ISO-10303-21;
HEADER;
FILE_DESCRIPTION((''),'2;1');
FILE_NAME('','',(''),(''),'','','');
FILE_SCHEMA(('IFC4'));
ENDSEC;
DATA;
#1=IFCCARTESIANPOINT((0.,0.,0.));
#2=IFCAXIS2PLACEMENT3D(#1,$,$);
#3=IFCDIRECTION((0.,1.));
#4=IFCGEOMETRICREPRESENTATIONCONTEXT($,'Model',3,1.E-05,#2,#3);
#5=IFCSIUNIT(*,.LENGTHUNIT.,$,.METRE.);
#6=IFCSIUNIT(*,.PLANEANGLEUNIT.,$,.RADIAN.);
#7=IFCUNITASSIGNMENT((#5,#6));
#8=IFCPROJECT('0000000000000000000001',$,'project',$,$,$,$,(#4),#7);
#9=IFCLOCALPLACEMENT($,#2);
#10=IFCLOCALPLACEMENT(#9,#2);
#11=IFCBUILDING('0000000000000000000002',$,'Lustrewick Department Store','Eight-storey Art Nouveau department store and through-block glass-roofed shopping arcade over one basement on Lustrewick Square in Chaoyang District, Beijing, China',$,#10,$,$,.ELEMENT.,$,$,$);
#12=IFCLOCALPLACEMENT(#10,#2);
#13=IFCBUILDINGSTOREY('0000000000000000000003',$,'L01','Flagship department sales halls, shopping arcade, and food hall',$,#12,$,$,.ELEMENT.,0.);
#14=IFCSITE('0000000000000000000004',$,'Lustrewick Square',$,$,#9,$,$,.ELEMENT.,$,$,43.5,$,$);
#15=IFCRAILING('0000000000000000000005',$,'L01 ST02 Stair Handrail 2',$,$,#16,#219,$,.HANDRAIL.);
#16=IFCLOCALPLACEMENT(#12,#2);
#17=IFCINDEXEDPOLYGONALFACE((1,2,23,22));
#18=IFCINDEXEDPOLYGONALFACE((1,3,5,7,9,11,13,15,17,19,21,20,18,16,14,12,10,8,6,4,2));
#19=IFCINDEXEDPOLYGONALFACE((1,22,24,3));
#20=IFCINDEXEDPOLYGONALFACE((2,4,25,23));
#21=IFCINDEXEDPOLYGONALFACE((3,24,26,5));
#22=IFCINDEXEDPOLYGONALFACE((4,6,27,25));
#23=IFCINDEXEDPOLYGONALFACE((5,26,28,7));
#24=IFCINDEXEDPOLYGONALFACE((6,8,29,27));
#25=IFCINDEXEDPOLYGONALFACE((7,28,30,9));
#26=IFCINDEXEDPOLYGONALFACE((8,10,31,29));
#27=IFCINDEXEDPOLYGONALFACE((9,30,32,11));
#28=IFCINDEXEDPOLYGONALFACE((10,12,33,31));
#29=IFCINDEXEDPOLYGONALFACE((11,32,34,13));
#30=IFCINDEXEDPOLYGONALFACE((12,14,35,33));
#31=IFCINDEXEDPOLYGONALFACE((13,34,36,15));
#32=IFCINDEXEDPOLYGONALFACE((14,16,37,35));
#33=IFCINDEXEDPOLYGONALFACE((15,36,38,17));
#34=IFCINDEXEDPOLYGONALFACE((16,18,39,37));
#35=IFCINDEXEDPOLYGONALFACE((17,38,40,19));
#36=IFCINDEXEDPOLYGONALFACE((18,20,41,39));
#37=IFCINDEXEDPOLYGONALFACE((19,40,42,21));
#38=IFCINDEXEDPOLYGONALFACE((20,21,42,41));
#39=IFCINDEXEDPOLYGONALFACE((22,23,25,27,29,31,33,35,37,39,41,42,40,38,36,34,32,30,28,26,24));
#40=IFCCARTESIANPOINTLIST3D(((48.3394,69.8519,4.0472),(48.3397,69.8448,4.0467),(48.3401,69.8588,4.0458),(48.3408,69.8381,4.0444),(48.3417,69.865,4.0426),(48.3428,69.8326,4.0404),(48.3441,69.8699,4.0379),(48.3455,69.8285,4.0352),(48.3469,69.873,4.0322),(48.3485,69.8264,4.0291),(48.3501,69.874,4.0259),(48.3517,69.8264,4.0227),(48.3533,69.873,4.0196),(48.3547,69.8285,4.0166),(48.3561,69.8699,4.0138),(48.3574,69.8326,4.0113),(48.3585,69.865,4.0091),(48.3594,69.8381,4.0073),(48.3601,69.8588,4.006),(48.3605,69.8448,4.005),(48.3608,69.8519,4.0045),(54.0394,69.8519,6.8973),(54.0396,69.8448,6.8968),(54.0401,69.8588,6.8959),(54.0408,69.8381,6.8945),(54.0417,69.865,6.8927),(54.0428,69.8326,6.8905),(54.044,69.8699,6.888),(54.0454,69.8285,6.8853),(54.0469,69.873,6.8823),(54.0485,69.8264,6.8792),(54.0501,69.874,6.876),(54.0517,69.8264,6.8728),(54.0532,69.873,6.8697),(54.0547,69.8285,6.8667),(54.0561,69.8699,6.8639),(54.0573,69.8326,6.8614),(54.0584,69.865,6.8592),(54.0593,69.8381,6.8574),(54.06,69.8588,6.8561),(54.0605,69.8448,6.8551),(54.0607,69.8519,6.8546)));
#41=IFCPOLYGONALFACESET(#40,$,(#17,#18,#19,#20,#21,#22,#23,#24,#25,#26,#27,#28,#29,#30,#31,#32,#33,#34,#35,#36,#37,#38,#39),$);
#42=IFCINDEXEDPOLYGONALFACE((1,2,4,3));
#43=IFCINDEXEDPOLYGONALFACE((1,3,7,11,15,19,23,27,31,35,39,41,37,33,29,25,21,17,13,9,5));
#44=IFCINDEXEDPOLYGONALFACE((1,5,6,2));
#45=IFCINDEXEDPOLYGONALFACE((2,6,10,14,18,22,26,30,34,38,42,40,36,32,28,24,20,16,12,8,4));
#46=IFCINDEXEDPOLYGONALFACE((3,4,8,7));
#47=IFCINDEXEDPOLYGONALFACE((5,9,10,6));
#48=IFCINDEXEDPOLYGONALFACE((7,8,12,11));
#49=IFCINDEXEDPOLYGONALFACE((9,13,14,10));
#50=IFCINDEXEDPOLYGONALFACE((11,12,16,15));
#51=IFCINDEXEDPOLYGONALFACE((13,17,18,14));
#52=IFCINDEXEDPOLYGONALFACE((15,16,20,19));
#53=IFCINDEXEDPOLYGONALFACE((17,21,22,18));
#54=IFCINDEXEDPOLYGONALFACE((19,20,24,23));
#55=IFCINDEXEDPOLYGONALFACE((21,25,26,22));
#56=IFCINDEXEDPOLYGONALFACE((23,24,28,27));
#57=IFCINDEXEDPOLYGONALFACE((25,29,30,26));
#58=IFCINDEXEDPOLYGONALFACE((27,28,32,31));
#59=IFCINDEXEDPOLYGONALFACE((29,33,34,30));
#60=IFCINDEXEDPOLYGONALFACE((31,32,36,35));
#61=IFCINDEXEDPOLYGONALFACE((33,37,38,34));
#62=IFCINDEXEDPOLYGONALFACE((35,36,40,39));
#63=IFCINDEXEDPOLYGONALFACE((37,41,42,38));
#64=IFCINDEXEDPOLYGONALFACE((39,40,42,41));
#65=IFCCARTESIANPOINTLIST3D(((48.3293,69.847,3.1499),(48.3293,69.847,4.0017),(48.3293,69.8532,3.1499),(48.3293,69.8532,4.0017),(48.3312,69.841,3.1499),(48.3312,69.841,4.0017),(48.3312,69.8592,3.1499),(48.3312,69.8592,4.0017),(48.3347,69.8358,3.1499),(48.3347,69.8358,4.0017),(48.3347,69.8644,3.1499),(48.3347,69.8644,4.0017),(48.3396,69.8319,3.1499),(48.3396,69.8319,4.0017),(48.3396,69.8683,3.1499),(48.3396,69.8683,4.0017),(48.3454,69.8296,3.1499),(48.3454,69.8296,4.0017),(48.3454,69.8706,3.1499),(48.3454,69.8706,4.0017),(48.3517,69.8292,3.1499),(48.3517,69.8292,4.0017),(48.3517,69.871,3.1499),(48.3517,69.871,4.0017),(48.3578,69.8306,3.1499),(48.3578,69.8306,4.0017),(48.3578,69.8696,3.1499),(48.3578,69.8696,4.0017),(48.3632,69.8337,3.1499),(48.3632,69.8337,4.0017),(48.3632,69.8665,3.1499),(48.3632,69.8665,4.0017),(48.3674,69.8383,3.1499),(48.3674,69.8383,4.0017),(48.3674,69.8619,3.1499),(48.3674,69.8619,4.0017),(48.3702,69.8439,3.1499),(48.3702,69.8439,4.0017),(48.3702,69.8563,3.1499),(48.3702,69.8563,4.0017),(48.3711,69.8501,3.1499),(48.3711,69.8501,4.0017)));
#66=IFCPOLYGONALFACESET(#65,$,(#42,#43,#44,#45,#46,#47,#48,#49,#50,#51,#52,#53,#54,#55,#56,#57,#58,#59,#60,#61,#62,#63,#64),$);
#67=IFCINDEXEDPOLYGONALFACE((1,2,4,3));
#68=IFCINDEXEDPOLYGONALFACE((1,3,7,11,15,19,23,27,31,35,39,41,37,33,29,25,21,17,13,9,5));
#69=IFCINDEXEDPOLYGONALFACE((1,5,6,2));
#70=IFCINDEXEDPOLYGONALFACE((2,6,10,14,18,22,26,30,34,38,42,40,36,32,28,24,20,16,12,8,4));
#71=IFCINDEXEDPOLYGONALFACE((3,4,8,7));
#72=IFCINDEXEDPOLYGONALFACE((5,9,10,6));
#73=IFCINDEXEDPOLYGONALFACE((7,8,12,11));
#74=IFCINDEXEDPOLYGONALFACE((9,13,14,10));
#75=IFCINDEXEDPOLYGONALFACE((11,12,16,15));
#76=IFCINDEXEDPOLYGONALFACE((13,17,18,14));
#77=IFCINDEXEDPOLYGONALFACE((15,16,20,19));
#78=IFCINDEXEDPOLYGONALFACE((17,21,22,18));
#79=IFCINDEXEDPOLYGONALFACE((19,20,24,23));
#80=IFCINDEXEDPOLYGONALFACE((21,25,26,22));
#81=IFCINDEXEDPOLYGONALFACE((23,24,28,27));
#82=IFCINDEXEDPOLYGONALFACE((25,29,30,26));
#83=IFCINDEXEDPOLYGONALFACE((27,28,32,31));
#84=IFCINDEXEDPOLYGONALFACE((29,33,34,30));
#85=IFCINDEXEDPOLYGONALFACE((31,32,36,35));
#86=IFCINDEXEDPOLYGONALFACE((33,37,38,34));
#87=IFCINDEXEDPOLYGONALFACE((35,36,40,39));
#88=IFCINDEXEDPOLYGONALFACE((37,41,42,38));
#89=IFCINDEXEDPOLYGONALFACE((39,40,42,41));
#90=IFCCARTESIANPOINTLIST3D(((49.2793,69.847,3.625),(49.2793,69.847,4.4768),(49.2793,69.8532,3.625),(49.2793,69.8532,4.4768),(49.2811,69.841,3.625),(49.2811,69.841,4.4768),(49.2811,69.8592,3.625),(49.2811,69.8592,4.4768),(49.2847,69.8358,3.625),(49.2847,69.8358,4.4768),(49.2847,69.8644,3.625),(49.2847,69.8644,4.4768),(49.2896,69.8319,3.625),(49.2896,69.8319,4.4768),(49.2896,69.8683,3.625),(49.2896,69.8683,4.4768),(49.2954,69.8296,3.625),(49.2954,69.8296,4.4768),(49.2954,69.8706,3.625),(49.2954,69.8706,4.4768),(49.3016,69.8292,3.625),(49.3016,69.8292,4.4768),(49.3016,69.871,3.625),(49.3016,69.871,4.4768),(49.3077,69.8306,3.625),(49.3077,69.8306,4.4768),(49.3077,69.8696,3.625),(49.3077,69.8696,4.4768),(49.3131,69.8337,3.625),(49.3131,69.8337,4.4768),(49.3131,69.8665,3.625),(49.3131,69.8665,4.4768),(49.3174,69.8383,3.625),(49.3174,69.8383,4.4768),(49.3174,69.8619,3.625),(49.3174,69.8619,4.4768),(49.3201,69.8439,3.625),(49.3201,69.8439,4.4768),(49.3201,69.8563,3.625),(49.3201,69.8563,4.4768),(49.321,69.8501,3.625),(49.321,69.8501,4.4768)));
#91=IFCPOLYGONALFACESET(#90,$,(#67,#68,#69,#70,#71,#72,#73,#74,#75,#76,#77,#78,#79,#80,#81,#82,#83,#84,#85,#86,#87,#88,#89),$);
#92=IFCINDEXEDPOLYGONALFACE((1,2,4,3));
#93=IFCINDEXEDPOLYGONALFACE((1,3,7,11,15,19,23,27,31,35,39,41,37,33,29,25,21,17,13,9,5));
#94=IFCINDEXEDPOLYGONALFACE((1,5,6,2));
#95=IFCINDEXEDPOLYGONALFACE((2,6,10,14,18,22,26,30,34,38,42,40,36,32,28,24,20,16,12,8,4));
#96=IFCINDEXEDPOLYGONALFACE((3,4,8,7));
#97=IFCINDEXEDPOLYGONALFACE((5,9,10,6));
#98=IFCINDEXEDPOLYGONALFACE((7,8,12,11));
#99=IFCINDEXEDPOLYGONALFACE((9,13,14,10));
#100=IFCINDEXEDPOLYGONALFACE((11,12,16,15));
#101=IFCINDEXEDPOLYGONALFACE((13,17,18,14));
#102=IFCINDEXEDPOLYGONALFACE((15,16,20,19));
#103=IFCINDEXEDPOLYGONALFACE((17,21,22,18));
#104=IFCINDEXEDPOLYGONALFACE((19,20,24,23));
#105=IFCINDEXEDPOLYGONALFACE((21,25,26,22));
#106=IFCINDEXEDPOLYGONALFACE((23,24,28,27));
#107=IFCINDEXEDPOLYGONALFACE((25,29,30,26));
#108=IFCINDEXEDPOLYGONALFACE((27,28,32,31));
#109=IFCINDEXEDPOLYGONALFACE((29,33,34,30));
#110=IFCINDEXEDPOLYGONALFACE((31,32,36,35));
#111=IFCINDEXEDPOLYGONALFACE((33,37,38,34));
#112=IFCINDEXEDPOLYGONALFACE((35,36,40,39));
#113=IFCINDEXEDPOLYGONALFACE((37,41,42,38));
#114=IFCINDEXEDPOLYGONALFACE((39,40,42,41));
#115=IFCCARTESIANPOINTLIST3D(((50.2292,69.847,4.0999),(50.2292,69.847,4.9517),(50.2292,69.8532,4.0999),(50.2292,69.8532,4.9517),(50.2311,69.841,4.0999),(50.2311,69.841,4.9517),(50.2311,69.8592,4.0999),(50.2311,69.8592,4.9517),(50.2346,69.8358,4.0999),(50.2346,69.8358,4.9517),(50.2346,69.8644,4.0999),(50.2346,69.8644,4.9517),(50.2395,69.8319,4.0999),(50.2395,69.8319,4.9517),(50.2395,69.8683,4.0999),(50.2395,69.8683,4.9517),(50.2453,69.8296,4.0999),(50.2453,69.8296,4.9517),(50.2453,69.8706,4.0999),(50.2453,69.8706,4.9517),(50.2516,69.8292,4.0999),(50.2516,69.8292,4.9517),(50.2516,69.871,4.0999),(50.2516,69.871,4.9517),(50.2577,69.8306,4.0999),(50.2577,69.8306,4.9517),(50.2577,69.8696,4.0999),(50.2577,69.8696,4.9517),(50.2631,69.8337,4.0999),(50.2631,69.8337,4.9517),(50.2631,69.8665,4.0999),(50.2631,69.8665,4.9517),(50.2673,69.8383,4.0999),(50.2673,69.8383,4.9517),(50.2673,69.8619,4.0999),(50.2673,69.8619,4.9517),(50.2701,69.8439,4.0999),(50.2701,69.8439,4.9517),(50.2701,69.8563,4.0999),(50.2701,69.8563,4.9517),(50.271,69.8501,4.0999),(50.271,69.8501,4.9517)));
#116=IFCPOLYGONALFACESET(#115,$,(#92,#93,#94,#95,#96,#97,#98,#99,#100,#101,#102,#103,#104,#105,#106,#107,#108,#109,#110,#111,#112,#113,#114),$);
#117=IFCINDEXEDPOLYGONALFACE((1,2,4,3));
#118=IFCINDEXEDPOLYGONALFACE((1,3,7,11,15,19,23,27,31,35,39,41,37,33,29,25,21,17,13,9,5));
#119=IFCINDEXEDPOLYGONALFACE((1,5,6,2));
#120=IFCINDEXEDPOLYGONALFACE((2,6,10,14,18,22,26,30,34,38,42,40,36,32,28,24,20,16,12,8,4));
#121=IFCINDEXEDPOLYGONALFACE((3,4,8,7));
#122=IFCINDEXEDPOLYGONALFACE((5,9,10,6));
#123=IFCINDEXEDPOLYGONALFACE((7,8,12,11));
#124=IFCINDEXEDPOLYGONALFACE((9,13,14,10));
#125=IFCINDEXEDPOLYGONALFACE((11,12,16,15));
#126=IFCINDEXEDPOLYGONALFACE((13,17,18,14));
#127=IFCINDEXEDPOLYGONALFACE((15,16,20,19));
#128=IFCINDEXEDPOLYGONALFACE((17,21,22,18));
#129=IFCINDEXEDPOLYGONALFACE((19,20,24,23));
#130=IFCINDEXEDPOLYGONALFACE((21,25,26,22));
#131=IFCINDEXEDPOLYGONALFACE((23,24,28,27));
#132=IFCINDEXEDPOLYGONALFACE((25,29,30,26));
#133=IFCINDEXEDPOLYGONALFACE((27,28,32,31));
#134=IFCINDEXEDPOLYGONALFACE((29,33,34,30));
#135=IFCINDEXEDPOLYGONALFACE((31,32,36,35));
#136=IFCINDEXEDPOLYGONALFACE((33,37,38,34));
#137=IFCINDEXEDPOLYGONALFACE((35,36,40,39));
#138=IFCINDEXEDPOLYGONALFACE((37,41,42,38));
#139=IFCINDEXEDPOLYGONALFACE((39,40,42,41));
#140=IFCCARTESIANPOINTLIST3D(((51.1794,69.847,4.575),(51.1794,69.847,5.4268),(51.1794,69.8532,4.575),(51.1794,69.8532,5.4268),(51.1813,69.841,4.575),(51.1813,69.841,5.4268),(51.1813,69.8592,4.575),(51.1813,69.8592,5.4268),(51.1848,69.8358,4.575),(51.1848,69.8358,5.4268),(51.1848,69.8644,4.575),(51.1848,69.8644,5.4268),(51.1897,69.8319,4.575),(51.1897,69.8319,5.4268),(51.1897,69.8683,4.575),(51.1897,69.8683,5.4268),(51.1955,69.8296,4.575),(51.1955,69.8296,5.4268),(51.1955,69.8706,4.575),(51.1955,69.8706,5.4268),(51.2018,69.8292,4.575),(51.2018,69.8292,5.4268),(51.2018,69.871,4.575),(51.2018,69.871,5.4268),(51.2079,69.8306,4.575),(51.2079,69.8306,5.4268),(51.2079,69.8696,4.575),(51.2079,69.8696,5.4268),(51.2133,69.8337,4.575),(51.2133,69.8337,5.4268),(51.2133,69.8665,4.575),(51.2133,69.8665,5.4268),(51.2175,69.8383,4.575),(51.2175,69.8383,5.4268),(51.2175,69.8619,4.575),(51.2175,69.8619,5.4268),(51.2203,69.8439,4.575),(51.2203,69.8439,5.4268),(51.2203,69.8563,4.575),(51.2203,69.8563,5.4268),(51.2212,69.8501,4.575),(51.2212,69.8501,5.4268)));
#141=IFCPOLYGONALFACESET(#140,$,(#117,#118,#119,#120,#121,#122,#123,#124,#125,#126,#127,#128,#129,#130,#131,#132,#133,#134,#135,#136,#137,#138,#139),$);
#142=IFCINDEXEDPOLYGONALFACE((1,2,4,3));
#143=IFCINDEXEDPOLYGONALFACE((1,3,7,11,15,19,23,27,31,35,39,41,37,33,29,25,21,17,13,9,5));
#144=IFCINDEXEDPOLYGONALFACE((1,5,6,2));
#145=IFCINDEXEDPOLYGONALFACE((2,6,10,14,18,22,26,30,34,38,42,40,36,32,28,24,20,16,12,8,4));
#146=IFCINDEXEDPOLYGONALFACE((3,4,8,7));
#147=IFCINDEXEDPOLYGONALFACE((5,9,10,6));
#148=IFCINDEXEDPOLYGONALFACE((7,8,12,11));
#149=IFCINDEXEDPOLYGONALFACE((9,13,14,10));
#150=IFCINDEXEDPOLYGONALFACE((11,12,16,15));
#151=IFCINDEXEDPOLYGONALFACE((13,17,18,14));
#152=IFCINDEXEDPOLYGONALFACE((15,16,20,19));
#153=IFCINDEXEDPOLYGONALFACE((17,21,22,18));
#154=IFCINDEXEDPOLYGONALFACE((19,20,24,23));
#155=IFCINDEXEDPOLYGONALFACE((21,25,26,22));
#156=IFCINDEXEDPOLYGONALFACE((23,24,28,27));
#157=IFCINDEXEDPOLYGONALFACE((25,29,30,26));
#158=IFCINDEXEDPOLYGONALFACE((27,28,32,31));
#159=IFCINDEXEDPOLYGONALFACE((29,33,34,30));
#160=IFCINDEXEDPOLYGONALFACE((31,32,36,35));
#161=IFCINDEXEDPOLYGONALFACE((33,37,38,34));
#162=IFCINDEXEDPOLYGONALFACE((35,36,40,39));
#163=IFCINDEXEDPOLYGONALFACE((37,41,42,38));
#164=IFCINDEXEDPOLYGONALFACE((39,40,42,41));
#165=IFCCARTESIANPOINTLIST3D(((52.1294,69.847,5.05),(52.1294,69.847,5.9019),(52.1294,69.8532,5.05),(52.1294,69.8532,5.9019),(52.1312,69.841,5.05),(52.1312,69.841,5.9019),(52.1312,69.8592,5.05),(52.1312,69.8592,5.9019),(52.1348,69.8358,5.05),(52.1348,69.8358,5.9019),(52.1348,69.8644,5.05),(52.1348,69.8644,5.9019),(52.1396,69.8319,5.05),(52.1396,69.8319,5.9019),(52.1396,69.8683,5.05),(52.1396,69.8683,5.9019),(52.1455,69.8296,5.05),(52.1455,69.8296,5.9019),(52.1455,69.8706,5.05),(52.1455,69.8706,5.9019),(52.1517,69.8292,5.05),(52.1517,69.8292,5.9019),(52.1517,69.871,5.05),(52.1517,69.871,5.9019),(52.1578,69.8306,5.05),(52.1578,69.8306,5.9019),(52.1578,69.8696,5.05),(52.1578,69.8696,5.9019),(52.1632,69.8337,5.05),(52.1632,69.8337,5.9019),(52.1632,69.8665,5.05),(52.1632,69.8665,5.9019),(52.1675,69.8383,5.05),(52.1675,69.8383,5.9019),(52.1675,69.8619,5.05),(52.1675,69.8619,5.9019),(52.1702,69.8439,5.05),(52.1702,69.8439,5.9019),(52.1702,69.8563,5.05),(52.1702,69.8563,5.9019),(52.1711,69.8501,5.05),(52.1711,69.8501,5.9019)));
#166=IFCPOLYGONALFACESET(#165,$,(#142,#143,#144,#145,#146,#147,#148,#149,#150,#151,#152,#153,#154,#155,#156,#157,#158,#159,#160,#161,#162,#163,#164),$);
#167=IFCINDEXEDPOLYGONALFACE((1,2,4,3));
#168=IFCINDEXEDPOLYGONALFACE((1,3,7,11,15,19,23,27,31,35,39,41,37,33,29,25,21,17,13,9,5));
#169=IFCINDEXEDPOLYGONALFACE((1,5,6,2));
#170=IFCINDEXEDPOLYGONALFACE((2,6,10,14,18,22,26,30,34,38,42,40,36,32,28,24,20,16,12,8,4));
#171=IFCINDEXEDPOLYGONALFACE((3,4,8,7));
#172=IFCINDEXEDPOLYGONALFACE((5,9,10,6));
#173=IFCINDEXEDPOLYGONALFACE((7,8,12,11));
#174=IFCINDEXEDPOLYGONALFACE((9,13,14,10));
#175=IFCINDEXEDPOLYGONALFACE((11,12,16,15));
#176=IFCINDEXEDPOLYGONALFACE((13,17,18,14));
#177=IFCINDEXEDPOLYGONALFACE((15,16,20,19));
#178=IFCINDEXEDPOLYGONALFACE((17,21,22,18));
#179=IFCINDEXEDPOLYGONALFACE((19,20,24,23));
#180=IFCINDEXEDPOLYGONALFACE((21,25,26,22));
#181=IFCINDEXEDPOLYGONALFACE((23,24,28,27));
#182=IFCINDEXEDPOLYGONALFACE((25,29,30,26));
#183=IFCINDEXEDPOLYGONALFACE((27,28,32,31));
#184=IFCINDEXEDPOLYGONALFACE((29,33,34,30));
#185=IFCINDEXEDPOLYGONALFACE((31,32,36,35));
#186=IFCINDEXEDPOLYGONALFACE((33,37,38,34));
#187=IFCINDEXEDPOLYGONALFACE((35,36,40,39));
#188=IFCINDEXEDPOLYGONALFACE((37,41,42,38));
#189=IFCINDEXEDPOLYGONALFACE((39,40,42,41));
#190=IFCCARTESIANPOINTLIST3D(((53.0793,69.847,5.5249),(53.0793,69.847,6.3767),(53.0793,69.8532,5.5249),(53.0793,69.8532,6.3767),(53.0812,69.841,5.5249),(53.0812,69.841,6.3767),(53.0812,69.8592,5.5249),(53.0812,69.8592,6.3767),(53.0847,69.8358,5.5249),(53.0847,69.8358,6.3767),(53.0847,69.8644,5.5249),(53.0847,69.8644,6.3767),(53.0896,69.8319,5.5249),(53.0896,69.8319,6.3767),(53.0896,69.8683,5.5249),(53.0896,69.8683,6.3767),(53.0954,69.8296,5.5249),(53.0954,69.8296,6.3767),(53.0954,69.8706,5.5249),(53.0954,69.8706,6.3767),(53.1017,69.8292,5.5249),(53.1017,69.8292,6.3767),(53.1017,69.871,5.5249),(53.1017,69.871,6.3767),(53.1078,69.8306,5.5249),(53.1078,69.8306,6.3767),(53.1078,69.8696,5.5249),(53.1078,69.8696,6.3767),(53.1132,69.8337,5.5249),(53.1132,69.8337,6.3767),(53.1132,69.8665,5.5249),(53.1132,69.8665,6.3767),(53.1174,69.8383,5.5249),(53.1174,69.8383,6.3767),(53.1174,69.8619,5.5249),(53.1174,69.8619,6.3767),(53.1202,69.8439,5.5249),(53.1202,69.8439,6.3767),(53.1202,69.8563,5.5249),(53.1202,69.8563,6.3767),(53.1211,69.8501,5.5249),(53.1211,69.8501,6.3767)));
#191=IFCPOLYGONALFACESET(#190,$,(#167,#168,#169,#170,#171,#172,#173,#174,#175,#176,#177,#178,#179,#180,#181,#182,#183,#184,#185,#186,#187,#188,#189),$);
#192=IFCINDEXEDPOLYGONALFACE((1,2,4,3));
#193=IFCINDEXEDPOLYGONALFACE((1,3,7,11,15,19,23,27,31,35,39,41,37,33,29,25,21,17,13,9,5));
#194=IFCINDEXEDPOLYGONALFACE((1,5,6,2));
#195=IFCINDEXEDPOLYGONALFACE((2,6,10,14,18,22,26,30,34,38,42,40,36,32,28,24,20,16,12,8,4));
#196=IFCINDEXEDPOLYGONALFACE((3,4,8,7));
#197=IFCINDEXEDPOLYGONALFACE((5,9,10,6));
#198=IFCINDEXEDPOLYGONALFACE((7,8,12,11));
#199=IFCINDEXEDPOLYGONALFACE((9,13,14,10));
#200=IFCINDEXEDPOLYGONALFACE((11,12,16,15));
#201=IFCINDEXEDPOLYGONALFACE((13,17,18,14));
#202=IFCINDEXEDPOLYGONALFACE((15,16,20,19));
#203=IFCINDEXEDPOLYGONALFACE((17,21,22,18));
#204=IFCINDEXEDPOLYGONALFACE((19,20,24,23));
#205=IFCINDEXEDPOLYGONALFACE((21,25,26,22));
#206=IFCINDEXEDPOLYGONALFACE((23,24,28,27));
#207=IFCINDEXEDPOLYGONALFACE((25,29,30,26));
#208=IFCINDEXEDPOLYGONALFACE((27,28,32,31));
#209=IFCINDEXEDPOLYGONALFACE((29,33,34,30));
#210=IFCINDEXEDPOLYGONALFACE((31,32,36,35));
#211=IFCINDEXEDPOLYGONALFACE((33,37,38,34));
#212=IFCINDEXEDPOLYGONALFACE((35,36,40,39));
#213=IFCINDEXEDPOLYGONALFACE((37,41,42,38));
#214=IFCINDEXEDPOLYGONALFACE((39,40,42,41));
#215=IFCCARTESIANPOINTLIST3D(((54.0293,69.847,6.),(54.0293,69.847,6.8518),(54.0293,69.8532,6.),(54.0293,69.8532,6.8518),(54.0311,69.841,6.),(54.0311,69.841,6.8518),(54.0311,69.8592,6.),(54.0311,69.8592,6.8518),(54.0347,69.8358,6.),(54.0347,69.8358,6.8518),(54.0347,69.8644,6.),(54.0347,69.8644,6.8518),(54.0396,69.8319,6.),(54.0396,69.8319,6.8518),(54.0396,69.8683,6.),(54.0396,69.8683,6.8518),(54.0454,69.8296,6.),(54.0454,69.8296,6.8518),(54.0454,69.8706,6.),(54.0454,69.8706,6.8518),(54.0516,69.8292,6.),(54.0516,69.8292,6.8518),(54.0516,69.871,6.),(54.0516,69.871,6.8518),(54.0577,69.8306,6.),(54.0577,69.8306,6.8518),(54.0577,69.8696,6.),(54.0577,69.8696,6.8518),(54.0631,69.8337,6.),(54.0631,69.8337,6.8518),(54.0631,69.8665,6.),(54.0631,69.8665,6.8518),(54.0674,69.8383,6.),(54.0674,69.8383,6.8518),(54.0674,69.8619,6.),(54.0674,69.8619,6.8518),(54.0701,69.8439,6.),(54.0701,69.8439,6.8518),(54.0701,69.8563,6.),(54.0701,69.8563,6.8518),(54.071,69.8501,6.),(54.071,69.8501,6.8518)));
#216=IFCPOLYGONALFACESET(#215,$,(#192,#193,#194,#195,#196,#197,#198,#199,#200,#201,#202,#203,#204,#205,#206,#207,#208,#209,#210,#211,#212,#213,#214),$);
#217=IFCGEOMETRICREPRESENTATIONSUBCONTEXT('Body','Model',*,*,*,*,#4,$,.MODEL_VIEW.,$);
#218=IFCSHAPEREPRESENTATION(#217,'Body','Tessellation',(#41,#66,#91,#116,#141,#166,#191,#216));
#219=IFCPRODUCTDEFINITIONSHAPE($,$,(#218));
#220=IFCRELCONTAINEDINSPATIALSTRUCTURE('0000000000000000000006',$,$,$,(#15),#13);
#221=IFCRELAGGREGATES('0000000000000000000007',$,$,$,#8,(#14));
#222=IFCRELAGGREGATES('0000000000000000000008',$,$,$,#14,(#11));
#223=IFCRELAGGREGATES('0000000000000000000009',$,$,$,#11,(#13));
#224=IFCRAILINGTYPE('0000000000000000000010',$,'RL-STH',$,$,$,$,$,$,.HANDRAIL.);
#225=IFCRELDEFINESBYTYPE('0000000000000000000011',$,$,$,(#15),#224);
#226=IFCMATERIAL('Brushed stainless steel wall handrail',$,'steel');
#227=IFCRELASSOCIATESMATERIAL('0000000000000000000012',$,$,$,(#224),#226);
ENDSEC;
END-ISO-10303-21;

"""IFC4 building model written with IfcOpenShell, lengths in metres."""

from ifc_helpers import new_model, si_unit, direction, frame, origin, origin_2d, place, context, subcontext, project, spatial, circle, extrude, material, type_object, element, save


model = new_model("IFC4")

# Units and contexts
model_context = context("Model", 3, precision=1e-05, world=origin(), true_north=direction((0.0, 1.0)))
body_context = subcontext(model_context, "Body", "Model", "MODEL_VIEW")
ifc_project = project(units=[si_unit("LENGTHUNIT", "METRE"), si_unit("PLANEANGLEUNIT", "RADIAN")], contexts=[model_context])

# Site, building, storey
site_placement = place(None, origin())
site = spatial("IfcSite", under=ifc_project, at=site_placement, Name="Lustrewick Square", CompositionType="ELEMENT", RefElevation=43.5)
building_placement = place(site_placement, origin())
building = spatial("IfcBuilding", under=site, at=building_placement, Name="Lustrewick Department Store", Description="Eight-storey Art Nouveau department store and through-block glass-roofed shopping arcade over one basement on Lustrewick Square in Chaoyang District, Beijing, China", CompositionType="ELEMENT")
storey_placement = place(building_placement, origin())
storey = spatial("IfcBuildingStorey", under=building, at=storey_placement, Name="L01", Description="Flagship department sales halls, shopping arcade, and food hall", CompositionType="ELEMENT", Elevation=0.0)

# Railing
ifc_material_1 = material(Name="Brushed stainless steel wall handrail", Category="steel")
railing_type_1 = type_object("IfcRailingType", Name="RL-STH", PredefinedType="HANDRAIL", material=ifc_material_1)
railing_1_placement = place(storey_placement, frame((48.3501, 69.8501, 3.1499)))
element("IfcRailing", 1, at=railing_1_placement, inside=storey, type_object=railing_type_1, Name="L01 ST02 Stair Handrail 2", PredefinedType="HANDRAIL", context=body_context, shape_type="SweptSolid", body=[
    extrude(circle(Radius=0.0239, at=origin_2d()), frame((0.0, 0.0, 0.876), z_axis=(0.89442, 0.0, 0.447229), x_axis=(0.0, 1.0, 0.0)), (0.0, 0.0, 1.0), 6.3728),
    extrude(circle(Radius=0.021, at=origin_2d()), origin(), (0.0, 0.0, 1.0), 0.8518),
    extrude(circle(Radius=0.021, at=origin_2d()), frame((0.95, 0.0, 0.4751)), (0.0, 0.0, 1.0), 0.8518),
    extrude(circle(Radius=0.021, at=origin_2d()), frame((1.8999, 0.0, 0.95)), (0.0, 0.0, 1.0), 0.8518),
    extrude(circle(Radius=0.021, at=origin_2d()), frame((2.8501, 0.0, 1.425)), (0.0, 0.0, 1.0), 0.8518),
    extrude(circle(Radius=0.021, at=origin_2d()), frame((3.8, 0.0, 1.9001)), (0.0, 0.0, 1.0), 0.8518),
    extrude(circle(Radius=0.021, at=origin_2d()), frame((4.75, 0.0, 2.375)), (0.0, 0.0, 1.0), 0.8518),
    extrude(circle(Radius=0.021, at=origin_2d()), frame((5.7, 0.0, 2.8501)), (0.0, 0.0, 1.0), 0.8518),
])

save(model, "model.ifc")
